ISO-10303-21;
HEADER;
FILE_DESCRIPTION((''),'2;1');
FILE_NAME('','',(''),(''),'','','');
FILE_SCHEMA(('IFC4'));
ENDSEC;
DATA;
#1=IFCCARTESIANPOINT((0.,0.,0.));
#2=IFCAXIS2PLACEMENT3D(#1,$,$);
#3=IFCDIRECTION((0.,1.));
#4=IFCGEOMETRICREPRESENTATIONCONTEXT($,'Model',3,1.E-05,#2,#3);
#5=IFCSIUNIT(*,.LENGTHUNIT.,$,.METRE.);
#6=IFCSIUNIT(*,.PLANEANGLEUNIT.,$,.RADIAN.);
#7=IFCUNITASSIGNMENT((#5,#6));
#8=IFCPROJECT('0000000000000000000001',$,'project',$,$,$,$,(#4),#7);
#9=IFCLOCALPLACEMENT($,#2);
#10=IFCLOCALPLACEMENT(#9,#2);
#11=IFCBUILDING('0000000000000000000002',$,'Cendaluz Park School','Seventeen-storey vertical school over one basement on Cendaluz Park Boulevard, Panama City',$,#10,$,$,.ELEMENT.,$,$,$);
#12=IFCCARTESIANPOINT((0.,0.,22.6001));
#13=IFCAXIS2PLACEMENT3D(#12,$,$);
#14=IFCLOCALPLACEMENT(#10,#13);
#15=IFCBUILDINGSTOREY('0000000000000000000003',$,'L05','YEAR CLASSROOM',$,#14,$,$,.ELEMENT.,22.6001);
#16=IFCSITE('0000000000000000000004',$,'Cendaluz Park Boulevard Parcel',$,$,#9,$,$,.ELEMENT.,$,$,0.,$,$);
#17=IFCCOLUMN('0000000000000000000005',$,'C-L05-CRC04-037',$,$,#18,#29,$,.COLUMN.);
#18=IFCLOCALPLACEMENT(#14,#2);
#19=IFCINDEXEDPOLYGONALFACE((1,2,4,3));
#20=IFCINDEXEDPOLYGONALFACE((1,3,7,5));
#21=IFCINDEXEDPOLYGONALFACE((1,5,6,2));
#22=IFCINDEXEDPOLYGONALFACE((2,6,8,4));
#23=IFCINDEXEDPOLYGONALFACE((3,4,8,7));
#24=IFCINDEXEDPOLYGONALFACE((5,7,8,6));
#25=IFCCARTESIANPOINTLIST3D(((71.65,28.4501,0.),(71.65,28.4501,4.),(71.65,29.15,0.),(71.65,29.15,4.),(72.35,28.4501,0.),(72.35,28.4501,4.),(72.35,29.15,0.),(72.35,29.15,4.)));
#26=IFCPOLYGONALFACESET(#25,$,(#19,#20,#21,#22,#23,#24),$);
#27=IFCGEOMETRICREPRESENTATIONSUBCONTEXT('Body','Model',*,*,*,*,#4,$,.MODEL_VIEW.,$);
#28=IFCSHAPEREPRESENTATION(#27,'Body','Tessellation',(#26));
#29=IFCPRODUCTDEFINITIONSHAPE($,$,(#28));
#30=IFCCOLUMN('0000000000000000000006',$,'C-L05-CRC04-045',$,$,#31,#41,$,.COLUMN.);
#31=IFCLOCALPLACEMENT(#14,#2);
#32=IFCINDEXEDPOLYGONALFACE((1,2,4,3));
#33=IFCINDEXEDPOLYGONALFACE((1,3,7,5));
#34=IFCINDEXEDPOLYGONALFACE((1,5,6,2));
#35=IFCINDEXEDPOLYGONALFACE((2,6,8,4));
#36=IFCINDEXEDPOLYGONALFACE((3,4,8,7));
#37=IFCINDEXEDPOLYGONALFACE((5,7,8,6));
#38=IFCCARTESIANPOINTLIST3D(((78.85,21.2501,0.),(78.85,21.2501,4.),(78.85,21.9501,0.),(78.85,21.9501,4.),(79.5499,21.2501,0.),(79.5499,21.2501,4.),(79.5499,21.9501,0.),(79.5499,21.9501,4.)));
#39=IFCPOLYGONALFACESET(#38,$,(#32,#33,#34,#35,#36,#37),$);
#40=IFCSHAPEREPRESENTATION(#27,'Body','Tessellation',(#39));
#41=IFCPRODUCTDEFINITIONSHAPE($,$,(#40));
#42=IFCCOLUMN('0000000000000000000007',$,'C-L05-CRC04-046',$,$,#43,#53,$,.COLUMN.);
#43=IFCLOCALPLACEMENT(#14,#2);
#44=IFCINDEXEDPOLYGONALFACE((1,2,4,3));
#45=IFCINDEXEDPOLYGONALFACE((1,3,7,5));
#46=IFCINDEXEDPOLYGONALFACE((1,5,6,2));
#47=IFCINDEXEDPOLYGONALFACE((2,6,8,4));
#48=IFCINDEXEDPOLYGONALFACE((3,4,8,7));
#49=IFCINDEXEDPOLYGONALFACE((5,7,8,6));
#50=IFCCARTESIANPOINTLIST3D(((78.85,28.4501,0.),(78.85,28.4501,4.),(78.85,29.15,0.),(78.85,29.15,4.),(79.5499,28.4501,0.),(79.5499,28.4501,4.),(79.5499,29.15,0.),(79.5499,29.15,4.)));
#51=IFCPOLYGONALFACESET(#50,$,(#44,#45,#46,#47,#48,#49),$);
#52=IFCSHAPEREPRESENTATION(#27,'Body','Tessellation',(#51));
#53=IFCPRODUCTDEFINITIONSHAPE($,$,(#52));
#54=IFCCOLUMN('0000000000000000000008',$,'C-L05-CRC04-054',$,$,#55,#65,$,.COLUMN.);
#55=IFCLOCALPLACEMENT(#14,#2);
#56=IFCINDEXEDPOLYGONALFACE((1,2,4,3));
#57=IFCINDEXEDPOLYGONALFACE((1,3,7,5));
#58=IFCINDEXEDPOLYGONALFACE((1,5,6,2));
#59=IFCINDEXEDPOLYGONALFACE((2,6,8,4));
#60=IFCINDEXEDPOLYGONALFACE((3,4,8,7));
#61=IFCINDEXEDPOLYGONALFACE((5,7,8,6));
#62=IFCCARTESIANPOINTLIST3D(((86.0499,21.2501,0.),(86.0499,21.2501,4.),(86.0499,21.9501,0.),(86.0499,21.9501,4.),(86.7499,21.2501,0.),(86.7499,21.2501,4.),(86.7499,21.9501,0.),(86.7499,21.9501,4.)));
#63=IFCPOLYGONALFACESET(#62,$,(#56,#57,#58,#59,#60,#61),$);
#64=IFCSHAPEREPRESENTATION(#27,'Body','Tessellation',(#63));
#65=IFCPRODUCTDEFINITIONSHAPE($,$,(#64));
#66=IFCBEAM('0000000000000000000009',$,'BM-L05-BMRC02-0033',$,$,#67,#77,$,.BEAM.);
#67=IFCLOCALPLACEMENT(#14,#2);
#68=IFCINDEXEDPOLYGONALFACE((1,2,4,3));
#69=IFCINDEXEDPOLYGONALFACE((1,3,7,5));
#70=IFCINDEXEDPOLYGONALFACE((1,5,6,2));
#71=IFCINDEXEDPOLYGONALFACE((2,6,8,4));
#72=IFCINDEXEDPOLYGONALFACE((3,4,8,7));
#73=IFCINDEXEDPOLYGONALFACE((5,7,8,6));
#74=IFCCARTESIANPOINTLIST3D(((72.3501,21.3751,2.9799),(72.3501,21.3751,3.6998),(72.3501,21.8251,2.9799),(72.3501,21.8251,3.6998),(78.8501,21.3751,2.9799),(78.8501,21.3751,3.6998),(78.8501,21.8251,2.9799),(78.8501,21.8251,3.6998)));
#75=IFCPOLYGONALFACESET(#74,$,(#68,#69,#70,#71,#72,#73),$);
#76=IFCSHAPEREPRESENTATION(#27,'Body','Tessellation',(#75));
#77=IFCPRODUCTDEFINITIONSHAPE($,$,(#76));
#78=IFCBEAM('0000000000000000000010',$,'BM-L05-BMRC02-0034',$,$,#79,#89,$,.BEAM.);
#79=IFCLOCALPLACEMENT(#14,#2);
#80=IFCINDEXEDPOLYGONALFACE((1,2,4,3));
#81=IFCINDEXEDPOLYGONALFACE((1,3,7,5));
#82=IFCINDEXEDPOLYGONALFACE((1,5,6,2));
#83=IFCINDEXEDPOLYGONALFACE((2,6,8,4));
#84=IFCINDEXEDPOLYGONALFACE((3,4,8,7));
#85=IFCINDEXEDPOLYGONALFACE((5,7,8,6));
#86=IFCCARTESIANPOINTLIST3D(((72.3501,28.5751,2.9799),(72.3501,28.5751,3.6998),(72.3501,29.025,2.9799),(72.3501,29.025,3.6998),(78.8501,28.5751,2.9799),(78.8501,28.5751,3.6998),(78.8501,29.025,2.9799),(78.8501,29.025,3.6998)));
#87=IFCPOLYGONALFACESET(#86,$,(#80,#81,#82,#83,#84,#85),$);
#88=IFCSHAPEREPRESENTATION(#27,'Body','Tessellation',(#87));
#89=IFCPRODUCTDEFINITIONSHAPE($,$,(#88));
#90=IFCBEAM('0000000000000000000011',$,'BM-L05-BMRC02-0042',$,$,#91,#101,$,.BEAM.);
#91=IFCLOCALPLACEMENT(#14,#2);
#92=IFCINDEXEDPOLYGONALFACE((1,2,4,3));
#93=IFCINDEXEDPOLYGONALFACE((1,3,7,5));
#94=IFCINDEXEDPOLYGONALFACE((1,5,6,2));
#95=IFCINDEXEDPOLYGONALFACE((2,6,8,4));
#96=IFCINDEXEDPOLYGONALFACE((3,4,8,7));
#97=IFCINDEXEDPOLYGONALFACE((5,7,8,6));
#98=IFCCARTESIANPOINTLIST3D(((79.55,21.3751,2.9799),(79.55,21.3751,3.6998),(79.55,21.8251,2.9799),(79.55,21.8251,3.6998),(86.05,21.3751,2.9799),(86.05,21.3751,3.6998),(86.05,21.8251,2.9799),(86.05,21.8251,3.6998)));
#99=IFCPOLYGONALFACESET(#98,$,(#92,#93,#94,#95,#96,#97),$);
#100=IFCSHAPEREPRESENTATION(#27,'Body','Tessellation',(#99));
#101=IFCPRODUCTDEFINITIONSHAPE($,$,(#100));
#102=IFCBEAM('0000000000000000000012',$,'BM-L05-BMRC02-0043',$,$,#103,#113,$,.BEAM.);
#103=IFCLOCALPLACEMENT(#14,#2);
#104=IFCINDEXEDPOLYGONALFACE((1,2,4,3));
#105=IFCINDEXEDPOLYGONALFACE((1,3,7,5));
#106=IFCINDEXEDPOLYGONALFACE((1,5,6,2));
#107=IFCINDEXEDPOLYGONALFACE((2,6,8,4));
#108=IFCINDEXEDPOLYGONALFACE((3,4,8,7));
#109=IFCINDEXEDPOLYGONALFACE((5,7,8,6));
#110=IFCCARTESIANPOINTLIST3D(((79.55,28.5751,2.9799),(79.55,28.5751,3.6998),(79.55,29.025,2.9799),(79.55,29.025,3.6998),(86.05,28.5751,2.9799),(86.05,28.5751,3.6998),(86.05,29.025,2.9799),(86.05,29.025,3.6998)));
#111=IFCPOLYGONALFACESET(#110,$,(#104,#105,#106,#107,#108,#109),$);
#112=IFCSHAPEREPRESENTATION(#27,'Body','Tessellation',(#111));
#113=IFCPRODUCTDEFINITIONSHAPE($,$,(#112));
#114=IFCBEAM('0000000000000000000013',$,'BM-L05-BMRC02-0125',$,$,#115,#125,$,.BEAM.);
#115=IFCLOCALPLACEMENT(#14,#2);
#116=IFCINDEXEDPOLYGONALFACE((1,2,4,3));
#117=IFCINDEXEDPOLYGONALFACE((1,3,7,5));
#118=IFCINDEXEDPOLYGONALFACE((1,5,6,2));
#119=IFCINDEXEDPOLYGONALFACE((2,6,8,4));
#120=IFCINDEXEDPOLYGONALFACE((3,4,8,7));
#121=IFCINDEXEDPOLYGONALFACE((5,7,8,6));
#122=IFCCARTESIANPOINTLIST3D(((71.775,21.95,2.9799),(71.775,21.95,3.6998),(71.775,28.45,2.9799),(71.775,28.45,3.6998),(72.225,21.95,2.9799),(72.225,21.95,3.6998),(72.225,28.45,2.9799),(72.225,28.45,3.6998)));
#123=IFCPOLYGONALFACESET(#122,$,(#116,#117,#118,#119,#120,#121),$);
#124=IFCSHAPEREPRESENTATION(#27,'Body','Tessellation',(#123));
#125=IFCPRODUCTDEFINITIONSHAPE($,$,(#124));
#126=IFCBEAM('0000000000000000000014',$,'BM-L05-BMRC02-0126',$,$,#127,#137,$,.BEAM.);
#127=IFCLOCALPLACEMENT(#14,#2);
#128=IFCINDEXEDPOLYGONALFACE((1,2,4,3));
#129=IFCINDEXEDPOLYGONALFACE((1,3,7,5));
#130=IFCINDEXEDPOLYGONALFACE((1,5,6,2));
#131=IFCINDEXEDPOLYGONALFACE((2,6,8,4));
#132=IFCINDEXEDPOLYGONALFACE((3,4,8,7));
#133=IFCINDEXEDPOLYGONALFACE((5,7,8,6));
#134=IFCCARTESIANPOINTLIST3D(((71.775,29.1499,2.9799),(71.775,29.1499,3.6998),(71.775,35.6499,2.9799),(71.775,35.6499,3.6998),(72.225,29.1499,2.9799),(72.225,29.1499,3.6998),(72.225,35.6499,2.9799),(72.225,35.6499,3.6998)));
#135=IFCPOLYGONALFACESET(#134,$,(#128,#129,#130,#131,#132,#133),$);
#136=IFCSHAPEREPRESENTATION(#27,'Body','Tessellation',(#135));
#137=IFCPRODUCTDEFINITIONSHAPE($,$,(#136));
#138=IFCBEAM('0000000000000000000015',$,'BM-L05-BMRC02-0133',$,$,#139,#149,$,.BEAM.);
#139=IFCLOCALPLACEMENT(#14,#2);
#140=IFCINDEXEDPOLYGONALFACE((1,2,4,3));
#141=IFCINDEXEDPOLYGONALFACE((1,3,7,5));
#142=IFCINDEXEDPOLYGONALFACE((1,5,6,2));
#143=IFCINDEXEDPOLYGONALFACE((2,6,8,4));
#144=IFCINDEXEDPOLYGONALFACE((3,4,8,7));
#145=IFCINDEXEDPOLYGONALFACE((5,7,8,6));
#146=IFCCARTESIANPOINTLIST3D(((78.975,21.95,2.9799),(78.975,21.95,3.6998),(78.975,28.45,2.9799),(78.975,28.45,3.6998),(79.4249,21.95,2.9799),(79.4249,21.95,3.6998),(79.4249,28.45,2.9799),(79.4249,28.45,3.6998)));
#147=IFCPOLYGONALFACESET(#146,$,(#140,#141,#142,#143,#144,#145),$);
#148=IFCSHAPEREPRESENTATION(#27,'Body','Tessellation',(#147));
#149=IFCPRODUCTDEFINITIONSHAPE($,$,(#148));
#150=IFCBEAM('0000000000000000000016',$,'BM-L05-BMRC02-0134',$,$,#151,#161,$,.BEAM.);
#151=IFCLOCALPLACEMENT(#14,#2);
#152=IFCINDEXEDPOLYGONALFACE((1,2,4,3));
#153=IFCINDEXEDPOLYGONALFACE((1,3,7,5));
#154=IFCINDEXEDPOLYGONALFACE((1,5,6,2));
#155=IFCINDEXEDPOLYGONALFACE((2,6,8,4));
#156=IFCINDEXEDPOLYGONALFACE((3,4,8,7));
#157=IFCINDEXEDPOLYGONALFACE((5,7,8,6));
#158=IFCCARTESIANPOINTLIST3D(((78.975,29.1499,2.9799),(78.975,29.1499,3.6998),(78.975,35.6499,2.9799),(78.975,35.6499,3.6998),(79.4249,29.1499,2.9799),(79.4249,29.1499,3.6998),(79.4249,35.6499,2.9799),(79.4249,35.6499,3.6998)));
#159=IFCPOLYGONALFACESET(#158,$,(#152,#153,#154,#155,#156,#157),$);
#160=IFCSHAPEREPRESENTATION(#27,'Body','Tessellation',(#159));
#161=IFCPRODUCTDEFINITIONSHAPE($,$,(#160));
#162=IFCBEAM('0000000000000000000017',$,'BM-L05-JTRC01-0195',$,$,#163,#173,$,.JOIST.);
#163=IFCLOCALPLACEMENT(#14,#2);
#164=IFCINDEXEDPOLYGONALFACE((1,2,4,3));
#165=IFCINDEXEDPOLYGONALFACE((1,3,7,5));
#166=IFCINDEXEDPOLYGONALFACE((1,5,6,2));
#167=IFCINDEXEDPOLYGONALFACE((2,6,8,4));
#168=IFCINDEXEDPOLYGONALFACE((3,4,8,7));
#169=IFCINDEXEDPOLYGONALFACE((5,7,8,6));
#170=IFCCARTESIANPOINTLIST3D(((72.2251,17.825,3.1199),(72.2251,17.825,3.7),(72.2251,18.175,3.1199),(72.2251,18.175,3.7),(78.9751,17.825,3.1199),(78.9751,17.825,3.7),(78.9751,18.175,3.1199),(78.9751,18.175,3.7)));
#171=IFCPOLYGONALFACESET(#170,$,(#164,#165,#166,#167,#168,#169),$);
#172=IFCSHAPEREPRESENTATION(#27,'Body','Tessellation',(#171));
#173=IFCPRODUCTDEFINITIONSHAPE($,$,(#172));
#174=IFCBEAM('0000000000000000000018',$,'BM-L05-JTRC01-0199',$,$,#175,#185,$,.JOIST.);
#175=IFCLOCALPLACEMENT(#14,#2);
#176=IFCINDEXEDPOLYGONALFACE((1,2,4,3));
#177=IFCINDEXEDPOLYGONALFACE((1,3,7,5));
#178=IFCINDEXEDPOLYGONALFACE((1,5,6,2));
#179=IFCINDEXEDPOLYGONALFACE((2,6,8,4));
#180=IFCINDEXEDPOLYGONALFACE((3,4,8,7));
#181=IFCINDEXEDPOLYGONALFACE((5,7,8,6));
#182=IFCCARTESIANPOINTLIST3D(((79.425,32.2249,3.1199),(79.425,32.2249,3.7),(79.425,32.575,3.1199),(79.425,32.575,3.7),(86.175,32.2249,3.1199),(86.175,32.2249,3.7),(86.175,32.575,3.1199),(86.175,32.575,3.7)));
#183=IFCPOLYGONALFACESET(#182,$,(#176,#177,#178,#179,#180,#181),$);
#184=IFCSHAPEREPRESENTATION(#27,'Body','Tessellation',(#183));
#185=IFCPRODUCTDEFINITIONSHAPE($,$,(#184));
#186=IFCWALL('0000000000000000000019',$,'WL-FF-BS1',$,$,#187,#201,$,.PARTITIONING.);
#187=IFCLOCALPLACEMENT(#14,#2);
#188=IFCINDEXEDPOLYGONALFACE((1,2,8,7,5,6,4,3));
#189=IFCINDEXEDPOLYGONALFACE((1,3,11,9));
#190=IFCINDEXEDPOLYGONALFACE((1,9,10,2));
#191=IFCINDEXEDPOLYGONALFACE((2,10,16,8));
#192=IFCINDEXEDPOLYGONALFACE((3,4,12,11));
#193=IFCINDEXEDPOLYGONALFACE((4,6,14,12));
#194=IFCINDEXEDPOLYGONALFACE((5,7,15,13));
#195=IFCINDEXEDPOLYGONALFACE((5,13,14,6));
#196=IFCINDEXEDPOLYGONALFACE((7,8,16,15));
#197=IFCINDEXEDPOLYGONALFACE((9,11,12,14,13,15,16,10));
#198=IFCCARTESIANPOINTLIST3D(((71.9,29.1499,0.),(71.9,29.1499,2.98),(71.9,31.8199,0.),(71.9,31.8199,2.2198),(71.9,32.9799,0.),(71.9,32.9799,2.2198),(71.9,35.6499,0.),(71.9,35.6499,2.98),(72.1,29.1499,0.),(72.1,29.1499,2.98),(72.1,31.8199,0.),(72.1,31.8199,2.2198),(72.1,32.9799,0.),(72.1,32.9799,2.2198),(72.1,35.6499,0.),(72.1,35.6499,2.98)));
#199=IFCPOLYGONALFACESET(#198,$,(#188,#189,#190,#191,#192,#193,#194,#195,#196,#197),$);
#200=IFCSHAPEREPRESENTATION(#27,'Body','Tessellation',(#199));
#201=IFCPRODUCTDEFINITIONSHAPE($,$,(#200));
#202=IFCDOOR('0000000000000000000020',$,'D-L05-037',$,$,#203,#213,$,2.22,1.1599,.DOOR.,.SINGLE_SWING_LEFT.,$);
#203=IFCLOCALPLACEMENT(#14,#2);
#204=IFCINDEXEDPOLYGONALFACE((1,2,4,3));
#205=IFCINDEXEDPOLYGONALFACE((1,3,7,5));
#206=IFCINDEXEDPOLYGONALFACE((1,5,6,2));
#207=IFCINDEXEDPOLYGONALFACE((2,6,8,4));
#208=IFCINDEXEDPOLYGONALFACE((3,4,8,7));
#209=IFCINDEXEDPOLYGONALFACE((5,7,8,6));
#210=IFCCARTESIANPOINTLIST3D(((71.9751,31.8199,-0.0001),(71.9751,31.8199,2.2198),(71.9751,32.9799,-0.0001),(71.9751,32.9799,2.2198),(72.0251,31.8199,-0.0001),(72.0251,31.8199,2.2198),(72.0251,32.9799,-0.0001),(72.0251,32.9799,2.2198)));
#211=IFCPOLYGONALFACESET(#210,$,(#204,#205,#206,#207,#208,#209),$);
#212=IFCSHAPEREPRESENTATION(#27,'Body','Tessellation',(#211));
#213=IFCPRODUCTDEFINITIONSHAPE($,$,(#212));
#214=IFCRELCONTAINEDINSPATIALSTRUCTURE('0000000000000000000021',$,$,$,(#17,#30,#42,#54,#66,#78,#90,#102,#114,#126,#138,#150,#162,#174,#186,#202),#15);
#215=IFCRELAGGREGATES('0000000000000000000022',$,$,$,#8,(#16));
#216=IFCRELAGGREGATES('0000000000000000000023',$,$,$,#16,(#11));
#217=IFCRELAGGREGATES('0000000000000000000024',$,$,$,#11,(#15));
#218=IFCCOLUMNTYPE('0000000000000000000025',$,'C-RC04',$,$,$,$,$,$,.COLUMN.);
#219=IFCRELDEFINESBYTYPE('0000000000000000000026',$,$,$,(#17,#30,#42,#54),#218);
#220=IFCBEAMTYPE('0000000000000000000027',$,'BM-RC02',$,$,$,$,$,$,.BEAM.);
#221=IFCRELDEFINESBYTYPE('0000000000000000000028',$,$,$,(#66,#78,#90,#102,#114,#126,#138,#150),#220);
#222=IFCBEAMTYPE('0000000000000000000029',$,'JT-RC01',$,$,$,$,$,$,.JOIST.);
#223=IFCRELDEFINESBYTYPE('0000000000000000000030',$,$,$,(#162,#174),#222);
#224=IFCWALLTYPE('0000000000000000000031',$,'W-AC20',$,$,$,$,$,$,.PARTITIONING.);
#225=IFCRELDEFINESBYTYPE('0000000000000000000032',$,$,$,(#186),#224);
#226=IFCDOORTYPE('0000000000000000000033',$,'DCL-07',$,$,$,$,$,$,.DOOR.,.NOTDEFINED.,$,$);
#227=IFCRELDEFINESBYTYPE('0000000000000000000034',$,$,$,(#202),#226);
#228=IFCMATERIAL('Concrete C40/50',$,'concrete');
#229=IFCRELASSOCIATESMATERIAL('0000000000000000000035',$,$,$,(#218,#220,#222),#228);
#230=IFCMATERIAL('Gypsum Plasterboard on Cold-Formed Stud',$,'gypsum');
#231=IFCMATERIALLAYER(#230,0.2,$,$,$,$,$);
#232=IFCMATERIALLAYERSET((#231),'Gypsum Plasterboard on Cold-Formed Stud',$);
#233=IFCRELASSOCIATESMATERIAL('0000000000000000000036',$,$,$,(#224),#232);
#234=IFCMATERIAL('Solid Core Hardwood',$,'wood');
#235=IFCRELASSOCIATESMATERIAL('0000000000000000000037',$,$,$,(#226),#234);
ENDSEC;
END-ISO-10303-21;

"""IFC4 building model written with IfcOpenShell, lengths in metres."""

from ifc_helpers import new_model, si_unit, direction, frame, frame_2d, origin, origin_2d, place, context, subcontext, project, spatial, rectangle, extrude, material, layer, layer_set, material_profile, profile_set, type_object, element, fill, save


model = new_model("IFC4")

# Units and contexts
model_context = context("Model", 3, precision=1e-05, world=origin(), true_north=direction((0.0, 1.0)))
body_context = subcontext(model_context, "Body", "Model", "MODEL_VIEW")
ifc_project = project(units=[si_unit("LENGTHUNIT", "METRE"), si_unit("PLANEANGLEUNIT", "RADIAN")], contexts=[model_context])

# Site, building, storey
site_placement = place(None, origin())
site = spatial("IfcSite", under=ifc_project, at=site_placement, Name="Cendaluz Park Boulevard Parcel", CompositionType="ELEMENT", RefElevation=0.0)
building_placement = place(site_placement, origin())
building = spatial("IfcBuilding", under=site, at=building_placement, Name="Cendaluz Park School", Description="Seventeen-storey vertical school over one basement on Cendaluz Park Boulevard, Panama City", CompositionType="ELEMENT")
storey_placement = place(building_placement, frame((0.0, 0.0, 22.6001)))
storey = spatial("IfcBuildingStorey", under=building, at=storey_placement, Name="L05", Description="YEAR CLASSROOM", CompositionType="ELEMENT", Elevation=22.6001)

# Columns
ifc_material_1 = material(Name="Concrete C40/50", Category="concrete")
ifc_material_profile_1 = material_profile(ifc_material_1, rectangle(XDim=0.7, YDim=0.7, at=origin_2d()), Name="RC 700x700", Category="concrete")
ifc_profile_set_1 = profile_set([ifc_material_profile_1], Name="Concrete C40/50")
column_type = type_object("IfcColumnType", Name="C-RC04", PredefinedType="COLUMN", material=ifc_profile_set_1)
for number, where, z_axis, x_axis, name in (
    (1, (72.0, 28.8, 0.0), (0.0, 0.0, 1.0), (1.0, 0.0, 0.0), "C-L05-CRC04-037"),
    (2, (79.2, 21.6001, 0.0), (0.0, 0.0, 1.0), (1.0, 0.0, 0.0), "C-L05-CRC04-045"),
    (3, (79.2, 28.8, 0.0), (0.0, 0.0, 1.0), (1.0, 0.0, 0.0), "C-L05-CRC04-046"),
    (4, (86.3999, 21.6001, 0.0), (0.0, 0.0, 1.0), (1.0, 0.0, 0.0), "C-L05-CRC04-054"),
):
    element("IfcColumn", number, at=place(storey_placement, frame(where, z_axis=z_axis, x_axis=x_axis)), inside=storey, type_object=column_type, Name=name, PredefinedType="COLUMN", context=body_context, shape_type="SweptSolid", body=[
        extrude(rectangle(XDim=0.7, YDim=0.7, at=origin_2d()), origin(), (0.0, 0.0, 1.0), 4.0),
    ])

# Beams
ifc_material_profile_2 = material_profile(ifc_material_1, rectangle(XDim=0.45, YDim=0.72, at=origin_2d()), Name="RC 450x720", Category="concrete")
ifc_profile_set_2 = profile_set([ifc_material_profile_2], Name="Concrete C40/50")
beam_type_1 = type_object("IfcBeamType", Name="BM-RC02", PredefinedType="BEAM", material=ifc_profile_set_2)
for number, where, z_axis, x_axis, name in (
    (5, (72.3501, 21.6001, 3.3398), (1.0, 0.0, 0.0), (0.0, 1.0, 0.0), "BM-L05-BMRC02-0033"),
    (6, (72.3501, 28.8, 3.3398), (1.0, 0.0, 0.0), (0.0, 1.0, 0.0), "BM-L05-BMRC02-0034"),
    (7, (79.55, 21.6001, 3.3398), (1.0, 0.0, 0.0), (0.0, 1.0, 0.0), "BM-L05-BMRC02-0042"),
    (8, (79.55, 28.8, 3.3398), (1.0, 0.0, 0.0), (0.0, 1.0, 0.0), "BM-L05-BMRC02-0043"),
    (9, (72.0, 21.95, 3.3398), (0.0, 1.0, 0.0), (-1.0, 0.0, 0.0), "BM-L05-BMRC02-0125"),
    (10, (72.0, 29.1499, 3.3398), (0.0, 1.0, 0.0), (-1.0, 0.0, 0.0), "BM-L05-BMRC02-0126"),
    (11, (79.2, 21.95, 3.3398), (0.0, 1.0, 0.0), (-1.0, 0.0, 0.0), "BM-L05-BMRC02-0133"),
    (12, (79.2, 29.1499, 3.3398), (0.0, 1.0, 0.0), (-1.0, 0.0, 0.0), "BM-L05-BMRC02-0134"),
):
    element("IfcBeam", number, at=place(storey_placement, frame(where, z_axis=z_axis, x_axis=x_axis)), inside=storey, type_object=beam_type_1, Name=name, PredefinedType="BEAM", context=body_context, shape_type="SweptSolid", body=[
        extrude(rectangle(XDim=0.45, YDim=0.72, at=origin_2d()), origin(), (0.0, 0.0, 1.0), 6.5),
    ])
ifc_material_profile_3 = material_profile(ifc_material_1, rectangle(XDim=0.3501, YDim=0.5801, at=origin_2d()), Name="RC 350x580", Category="concrete")
ifc_profile_set_3 = profile_set([ifc_material_profile_3], Name="Concrete C40/50")
beam_type_2 = type_object("IfcBeamType", Name="JT-RC01", PredefinedType="JOIST", material=ifc_profile_set_3)
for number, where, z_axis, x_axis, name in (
    (13, (72.2251, 18.0, 3.4099), (1.0, 0.0, 0.0), (0.0, 1.0, 0.0), "BM-L05-JTRC01-0195"),
    (14, (79.425, 32.3999, 3.4099), (1.0, 0.0, 0.0), (0.0, 1.0, 0.0), "BM-L05-JTRC01-0199"),
):
    element("IfcBeam", number, at=place(storey_placement, frame(where, z_axis=z_axis, x_axis=x_axis)), inside=storey, type_object=beam_type_2, Name=name, PredefinedType="JOIST", context=body_context, shape_type="SweptSolid", body=[
        extrude(rectangle(XDim=0.3501, YDim=0.5801, at=origin_2d()), origin(), (0.0, 0.0, 1.0), 6.75),
    ])

# Wall, opening, door
ifc_material_2 = material(Name="Gypsum Plasterboard on Cold-Formed Stud", Category="gypsum")
ifc_layer_1 = layer(ifc_material_2, 0.2)
ifc_layer_set_1 = layer_set([ifc_layer_1], Name="Gypsum Plasterboard on Cold-Formed Stud")
wall_type_1 = type_object("IfcWallType", Name="W-AC20", PredefinedType="PARTITIONING", material=ifc_layer_set_1)
wall_1_placement = place(storey_placement, frame((72.0, 29.1499, 0.0), z_axis=(0.0, 0.0, 1.0), x_axis=(0.0, 1.0, 0.0)))
wall_1 = element("IfcWall", 15, at=wall_1_placement, inside=storey, type_object=wall_type_1, Name="WL-FF-BS1", PredefinedType="PARTITIONING", context=body_context, shape_type="SweptSolid", body=[
    extrude(rectangle(XDim=6.5, YDim=0.2, at=frame_2d((3.25, 0.0))), origin(), (0.0, 0.0, 1.0), 2.98),
])
opening_1_placement = place(wall_1_placement, frame((2.6699, 0.0, 0.0)))
opening_1 = element("IfcOpeningElement", 16, at=opening_1_placement, cuts=wall_1, PredefinedType="OPENING", context=body_context, shape_type="SweptSolid", body=[
    extrude(rectangle(XDim=1.1599, YDim=2.22, at=frame_2d((0.5801, 1.1099))), frame((0.0, 0.1121, 0.0), z_axis=(0.0, -1.0, 0.0), x_axis=(1.0, 0.0, 0.0)), (0.0, 0.0, 1.0), 0.2239),
])
ifc_material_3 = material(Name="Solid Core Hardwood", Category="wood")
door_type_1 = type_object("IfcDoorType", Name="DCL-07", OperationType="NOTDEFINED", PredefinedType="DOOR", material=ifc_material_3)
door_1_placement = place(opening_1_placement, origin())
door_1 = element("IfcDoor", 17, at=door_1_placement, inside=storey, type_object=door_type_1, Name="D-L05-037", OperationType="SINGLE_SWING_LEFT", OverallHeight=2.22, OverallWidth=1.1599, PredefinedType="DOOR", context=body_context, shape_type="SweptSolid", body=[
    extrude(rectangle(XDim=1.1599, YDim=2.22, at=frame_2d((0.5801, 1.1099))), frame((0.0, 0.0249, 0.0), z_axis=(0.0, -1.0, 0.0), x_axis=(1.0, 0.0, 0.0)), (0.0, 0.0, 1.0), 0.05),
])
fill(opening_1, door_1)

save(model, "model.ifc")
